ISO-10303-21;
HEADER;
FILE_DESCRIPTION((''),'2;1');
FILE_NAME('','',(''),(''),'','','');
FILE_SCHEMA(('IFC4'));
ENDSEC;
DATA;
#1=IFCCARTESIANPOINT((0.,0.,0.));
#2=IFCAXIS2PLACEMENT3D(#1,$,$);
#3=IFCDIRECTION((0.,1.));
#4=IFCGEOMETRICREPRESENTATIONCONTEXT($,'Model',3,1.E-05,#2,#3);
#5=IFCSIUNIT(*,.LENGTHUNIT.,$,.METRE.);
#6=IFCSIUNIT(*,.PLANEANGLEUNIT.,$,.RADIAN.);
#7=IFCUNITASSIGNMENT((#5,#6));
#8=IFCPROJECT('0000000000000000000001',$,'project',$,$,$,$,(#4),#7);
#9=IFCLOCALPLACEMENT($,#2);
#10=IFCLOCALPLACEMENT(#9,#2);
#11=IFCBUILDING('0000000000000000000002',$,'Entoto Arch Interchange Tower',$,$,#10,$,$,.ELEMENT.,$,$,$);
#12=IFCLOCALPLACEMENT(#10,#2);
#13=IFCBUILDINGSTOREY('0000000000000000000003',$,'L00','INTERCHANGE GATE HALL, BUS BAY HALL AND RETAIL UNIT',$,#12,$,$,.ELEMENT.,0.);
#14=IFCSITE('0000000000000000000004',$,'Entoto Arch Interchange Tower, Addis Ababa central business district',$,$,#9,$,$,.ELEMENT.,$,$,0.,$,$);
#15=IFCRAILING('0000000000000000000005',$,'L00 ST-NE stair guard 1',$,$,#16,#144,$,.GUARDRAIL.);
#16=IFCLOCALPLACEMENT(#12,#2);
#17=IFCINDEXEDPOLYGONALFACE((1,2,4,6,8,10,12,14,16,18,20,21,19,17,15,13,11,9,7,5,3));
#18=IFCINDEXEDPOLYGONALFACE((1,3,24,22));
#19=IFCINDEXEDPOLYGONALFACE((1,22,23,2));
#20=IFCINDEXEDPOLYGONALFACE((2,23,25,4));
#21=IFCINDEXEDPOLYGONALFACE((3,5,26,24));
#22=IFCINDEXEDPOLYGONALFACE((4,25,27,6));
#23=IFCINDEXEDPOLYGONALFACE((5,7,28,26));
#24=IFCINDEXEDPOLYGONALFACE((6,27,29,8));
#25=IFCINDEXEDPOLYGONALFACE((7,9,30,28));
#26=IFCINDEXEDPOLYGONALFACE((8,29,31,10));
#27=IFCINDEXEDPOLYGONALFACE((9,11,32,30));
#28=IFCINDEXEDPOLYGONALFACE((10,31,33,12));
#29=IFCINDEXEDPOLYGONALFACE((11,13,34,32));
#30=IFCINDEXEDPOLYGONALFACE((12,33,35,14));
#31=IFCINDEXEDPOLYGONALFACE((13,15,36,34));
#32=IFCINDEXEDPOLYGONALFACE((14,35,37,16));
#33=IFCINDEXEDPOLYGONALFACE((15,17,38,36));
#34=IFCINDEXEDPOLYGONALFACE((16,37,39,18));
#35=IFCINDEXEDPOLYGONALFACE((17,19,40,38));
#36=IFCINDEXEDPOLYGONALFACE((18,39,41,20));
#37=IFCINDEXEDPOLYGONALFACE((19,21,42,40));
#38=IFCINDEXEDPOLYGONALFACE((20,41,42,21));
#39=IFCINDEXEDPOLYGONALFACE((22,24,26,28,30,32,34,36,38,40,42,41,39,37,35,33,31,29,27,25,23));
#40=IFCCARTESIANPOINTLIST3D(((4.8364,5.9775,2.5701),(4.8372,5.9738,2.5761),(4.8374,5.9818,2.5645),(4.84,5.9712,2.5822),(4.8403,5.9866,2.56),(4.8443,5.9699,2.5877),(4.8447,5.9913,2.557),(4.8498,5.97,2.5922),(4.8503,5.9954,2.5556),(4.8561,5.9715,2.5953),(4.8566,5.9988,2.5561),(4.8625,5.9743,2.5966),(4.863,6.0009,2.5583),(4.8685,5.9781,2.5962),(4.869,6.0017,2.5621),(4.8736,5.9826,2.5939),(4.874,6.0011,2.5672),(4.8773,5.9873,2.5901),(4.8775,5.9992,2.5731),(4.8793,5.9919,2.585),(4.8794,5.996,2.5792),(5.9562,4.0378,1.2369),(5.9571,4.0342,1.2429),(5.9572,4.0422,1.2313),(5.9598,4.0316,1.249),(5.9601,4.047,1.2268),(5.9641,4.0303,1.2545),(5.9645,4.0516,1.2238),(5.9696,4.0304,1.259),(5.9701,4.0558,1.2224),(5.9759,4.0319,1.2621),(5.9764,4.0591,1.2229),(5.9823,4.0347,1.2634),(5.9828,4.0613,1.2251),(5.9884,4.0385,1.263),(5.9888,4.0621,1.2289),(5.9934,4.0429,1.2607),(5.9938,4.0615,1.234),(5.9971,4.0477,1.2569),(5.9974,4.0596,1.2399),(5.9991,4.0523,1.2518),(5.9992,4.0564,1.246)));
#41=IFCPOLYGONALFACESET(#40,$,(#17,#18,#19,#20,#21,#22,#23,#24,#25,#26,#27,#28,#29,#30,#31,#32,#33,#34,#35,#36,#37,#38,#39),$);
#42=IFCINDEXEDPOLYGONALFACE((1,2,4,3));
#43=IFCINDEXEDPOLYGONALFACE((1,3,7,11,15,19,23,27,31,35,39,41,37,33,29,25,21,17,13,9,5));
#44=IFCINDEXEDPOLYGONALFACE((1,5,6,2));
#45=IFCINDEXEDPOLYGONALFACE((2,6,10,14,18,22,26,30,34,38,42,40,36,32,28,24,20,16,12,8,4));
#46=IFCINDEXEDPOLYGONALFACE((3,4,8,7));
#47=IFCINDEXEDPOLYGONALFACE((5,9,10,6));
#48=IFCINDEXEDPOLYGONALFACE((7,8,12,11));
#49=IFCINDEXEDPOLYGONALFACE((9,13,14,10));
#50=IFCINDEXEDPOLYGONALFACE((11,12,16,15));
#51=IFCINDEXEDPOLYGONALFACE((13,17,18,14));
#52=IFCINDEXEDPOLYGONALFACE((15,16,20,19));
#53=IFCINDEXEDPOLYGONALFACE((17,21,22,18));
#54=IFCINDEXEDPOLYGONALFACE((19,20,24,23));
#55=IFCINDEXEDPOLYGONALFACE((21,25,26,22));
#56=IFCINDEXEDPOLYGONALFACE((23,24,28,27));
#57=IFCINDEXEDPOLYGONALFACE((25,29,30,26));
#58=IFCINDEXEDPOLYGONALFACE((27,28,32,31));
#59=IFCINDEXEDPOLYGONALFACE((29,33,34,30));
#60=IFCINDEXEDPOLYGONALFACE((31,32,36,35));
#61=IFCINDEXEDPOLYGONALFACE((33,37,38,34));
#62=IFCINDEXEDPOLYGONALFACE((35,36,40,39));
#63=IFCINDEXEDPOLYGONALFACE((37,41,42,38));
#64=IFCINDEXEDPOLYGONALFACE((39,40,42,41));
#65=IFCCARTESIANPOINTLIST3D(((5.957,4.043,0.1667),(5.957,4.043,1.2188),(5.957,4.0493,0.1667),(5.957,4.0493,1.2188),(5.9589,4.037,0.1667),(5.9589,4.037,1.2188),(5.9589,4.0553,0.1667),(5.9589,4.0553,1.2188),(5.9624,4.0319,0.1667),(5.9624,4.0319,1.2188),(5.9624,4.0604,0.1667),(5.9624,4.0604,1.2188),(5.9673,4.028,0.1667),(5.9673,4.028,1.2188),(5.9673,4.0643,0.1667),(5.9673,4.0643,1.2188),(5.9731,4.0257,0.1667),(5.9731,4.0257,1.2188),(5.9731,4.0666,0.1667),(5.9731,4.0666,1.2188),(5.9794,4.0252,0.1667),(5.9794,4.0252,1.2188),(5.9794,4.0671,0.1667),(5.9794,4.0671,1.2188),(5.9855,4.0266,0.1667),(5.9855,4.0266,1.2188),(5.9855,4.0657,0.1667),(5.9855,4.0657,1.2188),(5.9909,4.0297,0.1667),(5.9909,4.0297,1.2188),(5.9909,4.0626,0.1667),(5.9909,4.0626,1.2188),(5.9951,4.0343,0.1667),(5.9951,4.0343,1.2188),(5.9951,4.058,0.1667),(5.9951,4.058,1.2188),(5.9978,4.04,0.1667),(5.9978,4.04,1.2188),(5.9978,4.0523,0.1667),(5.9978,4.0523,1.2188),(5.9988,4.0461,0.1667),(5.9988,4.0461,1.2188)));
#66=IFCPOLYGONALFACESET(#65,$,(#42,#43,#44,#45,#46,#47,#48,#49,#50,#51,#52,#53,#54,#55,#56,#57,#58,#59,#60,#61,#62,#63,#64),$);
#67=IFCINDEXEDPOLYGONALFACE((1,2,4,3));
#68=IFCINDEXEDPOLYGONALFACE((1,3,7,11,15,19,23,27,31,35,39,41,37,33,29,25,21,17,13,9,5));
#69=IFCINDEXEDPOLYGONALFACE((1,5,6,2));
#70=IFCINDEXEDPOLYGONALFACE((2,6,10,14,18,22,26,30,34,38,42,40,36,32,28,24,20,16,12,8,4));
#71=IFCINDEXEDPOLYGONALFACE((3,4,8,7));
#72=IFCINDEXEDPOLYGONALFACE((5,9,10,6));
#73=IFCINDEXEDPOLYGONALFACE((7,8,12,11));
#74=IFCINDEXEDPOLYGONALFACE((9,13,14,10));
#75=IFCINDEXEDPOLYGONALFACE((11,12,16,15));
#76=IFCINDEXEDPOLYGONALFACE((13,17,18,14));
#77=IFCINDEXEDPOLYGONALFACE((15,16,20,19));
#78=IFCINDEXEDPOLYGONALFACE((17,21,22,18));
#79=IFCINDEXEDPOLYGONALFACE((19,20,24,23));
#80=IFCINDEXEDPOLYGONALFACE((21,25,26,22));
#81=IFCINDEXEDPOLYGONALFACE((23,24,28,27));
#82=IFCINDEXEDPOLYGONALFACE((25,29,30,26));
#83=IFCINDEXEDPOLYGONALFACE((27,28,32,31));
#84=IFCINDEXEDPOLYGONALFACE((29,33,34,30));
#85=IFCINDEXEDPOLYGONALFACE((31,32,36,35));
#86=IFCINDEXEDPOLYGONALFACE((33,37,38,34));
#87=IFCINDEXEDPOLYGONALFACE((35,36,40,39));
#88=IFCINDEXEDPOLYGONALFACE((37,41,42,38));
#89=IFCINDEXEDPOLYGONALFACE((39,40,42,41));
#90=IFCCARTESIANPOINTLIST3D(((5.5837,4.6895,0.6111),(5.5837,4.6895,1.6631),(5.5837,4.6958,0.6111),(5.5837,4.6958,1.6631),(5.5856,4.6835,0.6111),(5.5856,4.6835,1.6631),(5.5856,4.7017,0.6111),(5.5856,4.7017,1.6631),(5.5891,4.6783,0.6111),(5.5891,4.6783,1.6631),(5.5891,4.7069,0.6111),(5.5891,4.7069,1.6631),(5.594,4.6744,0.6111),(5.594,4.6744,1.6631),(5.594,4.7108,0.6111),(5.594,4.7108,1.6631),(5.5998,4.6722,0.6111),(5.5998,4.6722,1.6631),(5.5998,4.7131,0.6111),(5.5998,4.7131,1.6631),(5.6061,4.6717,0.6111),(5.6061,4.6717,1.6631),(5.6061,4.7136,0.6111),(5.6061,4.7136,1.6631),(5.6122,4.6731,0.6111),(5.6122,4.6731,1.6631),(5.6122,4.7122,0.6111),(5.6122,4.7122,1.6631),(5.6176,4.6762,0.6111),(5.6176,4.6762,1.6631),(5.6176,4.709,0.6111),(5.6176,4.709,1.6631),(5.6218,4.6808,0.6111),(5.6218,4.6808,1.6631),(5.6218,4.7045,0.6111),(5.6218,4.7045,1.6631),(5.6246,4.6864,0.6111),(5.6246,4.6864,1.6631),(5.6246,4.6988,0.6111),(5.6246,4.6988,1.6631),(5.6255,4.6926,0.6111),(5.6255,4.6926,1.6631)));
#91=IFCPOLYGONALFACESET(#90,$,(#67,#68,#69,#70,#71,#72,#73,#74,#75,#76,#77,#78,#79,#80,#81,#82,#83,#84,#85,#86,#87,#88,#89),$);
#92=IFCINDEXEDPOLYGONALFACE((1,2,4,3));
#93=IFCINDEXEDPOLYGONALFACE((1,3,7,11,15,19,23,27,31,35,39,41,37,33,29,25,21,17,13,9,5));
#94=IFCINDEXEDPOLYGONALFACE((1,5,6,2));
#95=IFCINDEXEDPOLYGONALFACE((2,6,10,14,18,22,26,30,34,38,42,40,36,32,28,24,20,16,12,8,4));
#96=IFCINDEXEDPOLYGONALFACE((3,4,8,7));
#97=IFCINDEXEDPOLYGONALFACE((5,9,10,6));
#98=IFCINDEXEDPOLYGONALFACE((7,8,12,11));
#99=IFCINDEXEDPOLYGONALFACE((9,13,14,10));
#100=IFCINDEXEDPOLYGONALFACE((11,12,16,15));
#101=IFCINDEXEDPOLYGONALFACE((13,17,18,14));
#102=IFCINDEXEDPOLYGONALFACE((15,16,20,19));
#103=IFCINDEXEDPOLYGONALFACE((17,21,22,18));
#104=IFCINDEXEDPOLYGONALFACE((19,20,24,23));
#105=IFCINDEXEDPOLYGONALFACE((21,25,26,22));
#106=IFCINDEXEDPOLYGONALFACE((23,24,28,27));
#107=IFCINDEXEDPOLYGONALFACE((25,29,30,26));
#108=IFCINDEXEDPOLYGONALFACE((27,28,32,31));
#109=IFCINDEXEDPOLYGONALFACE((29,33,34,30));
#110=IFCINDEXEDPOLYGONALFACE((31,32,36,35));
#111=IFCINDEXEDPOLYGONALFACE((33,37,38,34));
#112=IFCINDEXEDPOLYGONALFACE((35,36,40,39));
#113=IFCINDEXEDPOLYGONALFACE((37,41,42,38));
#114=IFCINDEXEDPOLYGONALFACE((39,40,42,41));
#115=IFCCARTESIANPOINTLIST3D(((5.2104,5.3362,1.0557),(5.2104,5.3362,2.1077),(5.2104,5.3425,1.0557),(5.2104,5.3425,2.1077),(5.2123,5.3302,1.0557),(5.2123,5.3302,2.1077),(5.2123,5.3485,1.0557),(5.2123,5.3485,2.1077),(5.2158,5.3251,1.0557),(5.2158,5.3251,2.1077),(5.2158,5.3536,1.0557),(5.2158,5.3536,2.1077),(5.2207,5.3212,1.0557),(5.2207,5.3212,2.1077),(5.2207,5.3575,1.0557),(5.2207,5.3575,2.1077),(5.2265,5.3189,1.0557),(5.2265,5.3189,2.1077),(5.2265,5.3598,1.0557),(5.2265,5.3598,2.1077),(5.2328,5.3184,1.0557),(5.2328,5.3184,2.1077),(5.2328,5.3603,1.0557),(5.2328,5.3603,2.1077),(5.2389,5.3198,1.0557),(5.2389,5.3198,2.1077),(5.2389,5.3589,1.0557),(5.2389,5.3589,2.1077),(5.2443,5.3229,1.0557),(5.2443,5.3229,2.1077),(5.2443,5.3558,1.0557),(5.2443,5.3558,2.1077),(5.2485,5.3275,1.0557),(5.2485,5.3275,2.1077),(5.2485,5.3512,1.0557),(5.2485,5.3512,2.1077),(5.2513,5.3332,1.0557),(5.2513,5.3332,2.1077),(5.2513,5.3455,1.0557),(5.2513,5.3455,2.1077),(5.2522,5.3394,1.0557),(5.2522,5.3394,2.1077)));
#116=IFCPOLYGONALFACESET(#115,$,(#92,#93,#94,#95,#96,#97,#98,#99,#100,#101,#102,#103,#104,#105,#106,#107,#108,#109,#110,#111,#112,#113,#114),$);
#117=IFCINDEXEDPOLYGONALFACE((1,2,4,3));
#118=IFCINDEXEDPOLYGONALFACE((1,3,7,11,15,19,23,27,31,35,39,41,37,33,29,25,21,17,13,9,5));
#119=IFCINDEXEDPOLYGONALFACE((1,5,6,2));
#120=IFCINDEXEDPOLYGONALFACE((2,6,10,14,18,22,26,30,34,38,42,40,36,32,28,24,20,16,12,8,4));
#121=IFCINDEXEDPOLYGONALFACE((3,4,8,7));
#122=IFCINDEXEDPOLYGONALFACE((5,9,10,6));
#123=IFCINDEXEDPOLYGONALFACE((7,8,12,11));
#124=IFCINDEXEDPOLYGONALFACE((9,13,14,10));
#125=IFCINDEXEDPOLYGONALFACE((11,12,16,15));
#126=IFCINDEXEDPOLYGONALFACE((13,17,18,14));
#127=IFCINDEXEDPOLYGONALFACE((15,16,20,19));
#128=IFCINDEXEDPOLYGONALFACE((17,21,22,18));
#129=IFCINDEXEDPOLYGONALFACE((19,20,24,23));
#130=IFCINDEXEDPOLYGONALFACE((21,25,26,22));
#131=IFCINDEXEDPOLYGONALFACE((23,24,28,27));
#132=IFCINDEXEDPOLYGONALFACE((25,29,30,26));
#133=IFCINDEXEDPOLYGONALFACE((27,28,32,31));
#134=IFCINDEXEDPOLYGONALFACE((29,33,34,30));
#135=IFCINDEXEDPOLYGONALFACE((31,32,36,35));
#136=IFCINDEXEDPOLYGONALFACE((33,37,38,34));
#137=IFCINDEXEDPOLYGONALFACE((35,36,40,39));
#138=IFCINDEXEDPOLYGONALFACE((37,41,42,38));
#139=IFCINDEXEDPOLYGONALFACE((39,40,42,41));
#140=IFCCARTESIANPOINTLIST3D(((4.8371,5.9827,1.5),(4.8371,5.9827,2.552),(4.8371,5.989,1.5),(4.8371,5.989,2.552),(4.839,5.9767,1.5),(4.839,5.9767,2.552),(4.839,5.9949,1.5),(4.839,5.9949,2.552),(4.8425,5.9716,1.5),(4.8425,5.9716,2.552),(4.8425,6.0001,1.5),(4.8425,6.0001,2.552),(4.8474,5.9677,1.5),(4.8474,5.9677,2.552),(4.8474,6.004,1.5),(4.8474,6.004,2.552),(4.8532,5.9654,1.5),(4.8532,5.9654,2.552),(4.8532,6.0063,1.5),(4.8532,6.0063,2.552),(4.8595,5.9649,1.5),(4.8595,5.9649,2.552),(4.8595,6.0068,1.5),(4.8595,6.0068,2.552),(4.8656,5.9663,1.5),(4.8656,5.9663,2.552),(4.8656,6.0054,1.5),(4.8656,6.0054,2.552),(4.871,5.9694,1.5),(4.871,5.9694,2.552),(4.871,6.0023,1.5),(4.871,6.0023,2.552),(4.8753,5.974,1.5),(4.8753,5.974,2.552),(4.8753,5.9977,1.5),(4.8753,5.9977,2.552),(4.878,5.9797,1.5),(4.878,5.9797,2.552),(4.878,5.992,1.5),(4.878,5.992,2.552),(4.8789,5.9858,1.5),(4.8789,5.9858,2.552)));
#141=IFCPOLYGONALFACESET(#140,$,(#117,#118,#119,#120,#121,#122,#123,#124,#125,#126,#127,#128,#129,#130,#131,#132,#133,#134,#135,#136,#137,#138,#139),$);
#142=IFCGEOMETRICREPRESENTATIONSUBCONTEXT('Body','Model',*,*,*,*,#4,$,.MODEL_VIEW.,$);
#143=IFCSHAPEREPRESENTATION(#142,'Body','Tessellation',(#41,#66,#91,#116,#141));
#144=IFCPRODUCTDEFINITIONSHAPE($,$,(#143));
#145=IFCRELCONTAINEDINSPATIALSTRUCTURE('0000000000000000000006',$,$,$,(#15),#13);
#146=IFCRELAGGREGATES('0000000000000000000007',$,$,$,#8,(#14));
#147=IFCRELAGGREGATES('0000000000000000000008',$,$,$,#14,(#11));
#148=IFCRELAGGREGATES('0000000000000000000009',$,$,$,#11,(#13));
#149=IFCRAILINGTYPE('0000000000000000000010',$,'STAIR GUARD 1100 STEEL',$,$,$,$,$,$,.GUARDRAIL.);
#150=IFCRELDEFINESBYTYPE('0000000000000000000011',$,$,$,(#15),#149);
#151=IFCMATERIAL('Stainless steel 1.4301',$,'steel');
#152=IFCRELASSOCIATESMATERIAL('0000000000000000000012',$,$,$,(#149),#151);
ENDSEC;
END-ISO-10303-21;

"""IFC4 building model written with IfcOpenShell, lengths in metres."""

from ifc_helpers import new_model, si_unit, direction, frame, origin, origin_2d, place, context, subcontext, project, spatial, circle, extrude, material, type_object, element, save


model = new_model("IFC4")

# Units and contexts
model_context = context("Model", 3, precision=1e-05, world=origin(), true_north=direction((0.0, 1.0)))
body_context = subcontext(model_context, "Body", "Model", "MODEL_VIEW")
ifc_project = project(units=[si_unit("LENGTHUNIT", "METRE"), si_unit("PLANEANGLEUNIT", "RADIAN")], contexts=[model_context])

# Site, building, storey
site_placement = place(None, origin())
site = spatial("IfcSite", under=ifc_project, at=site_placement, Name="Entoto Arch Interchange Tower, Addis Ababa central business district", CompositionType="ELEMENT", RefElevation=0.0)
building_placement = place(site_placement, origin())
building = spatial("IfcBuilding", under=site, at=building_placement, Name="Entoto Arch Interchange Tower", CompositionType="ELEMENT")
storey_placement = place(building_placement, origin())
storey = spatial("IfcBuildingStorey", under=building, at=storey_placement, Name="L00", Description="INTERCHANGE GATE HALL, BUS BAY HALL AND RETAIL UNIT", CompositionType="ELEMENT", Elevation=0.0)

# Railing
ifc_material_1 = material(Name="Stainless steel 1.4301", Category="steel")
railing_type_1 = type_object("IfcRailingType", Name="STAIR GUARD 1100 STEEL", PredefinedType="GUARDRAIL", material=ifc_material_1)
railing_1_placement = place(storey_placement, frame((5.9778, 4.0461, 0.1667)))
element("IfcRailing", 1, at=railing_1_placement, inside=storey, type_object=railing_type_1, Name="L00 ST-NE stair guard 1", PredefinedType="GUARDRAIL", context=body_context, shape_type="SweptSolid", body=[
    extrude(circle(Radius=0.0239, at=origin_2d()), frame((0.0, 0.0, 1.0762), z_axis=(-0.429638, 0.744163, 0.511501), x_axis=(-0.866028, -0.499996, 0.0)), (0.0, 0.0, 1.0), 2.6064),
    extrude(circle(Radius=0.021, at=origin_2d()), origin(), (0.0, 0.0, 1.0), 1.052),
    extrude(circle(Radius=0.021, at=origin_2d()), frame((-0.3733, 0.6465, 0.4443)), (0.0, 0.0, 1.0), 1.052),
    extrude(circle(Radius=0.021, at=origin_2d()), frame((-0.7466, 1.2932, 0.8889)), (0.0, 0.0, 1.0), 1.052),
    extrude(circle(Radius=0.021, at=origin_2d()), frame((-1.1199, 1.9397, 1.3333)), (0.0, 0.0, 1.0), 1.052),
])

save(model, "model.ifc")
